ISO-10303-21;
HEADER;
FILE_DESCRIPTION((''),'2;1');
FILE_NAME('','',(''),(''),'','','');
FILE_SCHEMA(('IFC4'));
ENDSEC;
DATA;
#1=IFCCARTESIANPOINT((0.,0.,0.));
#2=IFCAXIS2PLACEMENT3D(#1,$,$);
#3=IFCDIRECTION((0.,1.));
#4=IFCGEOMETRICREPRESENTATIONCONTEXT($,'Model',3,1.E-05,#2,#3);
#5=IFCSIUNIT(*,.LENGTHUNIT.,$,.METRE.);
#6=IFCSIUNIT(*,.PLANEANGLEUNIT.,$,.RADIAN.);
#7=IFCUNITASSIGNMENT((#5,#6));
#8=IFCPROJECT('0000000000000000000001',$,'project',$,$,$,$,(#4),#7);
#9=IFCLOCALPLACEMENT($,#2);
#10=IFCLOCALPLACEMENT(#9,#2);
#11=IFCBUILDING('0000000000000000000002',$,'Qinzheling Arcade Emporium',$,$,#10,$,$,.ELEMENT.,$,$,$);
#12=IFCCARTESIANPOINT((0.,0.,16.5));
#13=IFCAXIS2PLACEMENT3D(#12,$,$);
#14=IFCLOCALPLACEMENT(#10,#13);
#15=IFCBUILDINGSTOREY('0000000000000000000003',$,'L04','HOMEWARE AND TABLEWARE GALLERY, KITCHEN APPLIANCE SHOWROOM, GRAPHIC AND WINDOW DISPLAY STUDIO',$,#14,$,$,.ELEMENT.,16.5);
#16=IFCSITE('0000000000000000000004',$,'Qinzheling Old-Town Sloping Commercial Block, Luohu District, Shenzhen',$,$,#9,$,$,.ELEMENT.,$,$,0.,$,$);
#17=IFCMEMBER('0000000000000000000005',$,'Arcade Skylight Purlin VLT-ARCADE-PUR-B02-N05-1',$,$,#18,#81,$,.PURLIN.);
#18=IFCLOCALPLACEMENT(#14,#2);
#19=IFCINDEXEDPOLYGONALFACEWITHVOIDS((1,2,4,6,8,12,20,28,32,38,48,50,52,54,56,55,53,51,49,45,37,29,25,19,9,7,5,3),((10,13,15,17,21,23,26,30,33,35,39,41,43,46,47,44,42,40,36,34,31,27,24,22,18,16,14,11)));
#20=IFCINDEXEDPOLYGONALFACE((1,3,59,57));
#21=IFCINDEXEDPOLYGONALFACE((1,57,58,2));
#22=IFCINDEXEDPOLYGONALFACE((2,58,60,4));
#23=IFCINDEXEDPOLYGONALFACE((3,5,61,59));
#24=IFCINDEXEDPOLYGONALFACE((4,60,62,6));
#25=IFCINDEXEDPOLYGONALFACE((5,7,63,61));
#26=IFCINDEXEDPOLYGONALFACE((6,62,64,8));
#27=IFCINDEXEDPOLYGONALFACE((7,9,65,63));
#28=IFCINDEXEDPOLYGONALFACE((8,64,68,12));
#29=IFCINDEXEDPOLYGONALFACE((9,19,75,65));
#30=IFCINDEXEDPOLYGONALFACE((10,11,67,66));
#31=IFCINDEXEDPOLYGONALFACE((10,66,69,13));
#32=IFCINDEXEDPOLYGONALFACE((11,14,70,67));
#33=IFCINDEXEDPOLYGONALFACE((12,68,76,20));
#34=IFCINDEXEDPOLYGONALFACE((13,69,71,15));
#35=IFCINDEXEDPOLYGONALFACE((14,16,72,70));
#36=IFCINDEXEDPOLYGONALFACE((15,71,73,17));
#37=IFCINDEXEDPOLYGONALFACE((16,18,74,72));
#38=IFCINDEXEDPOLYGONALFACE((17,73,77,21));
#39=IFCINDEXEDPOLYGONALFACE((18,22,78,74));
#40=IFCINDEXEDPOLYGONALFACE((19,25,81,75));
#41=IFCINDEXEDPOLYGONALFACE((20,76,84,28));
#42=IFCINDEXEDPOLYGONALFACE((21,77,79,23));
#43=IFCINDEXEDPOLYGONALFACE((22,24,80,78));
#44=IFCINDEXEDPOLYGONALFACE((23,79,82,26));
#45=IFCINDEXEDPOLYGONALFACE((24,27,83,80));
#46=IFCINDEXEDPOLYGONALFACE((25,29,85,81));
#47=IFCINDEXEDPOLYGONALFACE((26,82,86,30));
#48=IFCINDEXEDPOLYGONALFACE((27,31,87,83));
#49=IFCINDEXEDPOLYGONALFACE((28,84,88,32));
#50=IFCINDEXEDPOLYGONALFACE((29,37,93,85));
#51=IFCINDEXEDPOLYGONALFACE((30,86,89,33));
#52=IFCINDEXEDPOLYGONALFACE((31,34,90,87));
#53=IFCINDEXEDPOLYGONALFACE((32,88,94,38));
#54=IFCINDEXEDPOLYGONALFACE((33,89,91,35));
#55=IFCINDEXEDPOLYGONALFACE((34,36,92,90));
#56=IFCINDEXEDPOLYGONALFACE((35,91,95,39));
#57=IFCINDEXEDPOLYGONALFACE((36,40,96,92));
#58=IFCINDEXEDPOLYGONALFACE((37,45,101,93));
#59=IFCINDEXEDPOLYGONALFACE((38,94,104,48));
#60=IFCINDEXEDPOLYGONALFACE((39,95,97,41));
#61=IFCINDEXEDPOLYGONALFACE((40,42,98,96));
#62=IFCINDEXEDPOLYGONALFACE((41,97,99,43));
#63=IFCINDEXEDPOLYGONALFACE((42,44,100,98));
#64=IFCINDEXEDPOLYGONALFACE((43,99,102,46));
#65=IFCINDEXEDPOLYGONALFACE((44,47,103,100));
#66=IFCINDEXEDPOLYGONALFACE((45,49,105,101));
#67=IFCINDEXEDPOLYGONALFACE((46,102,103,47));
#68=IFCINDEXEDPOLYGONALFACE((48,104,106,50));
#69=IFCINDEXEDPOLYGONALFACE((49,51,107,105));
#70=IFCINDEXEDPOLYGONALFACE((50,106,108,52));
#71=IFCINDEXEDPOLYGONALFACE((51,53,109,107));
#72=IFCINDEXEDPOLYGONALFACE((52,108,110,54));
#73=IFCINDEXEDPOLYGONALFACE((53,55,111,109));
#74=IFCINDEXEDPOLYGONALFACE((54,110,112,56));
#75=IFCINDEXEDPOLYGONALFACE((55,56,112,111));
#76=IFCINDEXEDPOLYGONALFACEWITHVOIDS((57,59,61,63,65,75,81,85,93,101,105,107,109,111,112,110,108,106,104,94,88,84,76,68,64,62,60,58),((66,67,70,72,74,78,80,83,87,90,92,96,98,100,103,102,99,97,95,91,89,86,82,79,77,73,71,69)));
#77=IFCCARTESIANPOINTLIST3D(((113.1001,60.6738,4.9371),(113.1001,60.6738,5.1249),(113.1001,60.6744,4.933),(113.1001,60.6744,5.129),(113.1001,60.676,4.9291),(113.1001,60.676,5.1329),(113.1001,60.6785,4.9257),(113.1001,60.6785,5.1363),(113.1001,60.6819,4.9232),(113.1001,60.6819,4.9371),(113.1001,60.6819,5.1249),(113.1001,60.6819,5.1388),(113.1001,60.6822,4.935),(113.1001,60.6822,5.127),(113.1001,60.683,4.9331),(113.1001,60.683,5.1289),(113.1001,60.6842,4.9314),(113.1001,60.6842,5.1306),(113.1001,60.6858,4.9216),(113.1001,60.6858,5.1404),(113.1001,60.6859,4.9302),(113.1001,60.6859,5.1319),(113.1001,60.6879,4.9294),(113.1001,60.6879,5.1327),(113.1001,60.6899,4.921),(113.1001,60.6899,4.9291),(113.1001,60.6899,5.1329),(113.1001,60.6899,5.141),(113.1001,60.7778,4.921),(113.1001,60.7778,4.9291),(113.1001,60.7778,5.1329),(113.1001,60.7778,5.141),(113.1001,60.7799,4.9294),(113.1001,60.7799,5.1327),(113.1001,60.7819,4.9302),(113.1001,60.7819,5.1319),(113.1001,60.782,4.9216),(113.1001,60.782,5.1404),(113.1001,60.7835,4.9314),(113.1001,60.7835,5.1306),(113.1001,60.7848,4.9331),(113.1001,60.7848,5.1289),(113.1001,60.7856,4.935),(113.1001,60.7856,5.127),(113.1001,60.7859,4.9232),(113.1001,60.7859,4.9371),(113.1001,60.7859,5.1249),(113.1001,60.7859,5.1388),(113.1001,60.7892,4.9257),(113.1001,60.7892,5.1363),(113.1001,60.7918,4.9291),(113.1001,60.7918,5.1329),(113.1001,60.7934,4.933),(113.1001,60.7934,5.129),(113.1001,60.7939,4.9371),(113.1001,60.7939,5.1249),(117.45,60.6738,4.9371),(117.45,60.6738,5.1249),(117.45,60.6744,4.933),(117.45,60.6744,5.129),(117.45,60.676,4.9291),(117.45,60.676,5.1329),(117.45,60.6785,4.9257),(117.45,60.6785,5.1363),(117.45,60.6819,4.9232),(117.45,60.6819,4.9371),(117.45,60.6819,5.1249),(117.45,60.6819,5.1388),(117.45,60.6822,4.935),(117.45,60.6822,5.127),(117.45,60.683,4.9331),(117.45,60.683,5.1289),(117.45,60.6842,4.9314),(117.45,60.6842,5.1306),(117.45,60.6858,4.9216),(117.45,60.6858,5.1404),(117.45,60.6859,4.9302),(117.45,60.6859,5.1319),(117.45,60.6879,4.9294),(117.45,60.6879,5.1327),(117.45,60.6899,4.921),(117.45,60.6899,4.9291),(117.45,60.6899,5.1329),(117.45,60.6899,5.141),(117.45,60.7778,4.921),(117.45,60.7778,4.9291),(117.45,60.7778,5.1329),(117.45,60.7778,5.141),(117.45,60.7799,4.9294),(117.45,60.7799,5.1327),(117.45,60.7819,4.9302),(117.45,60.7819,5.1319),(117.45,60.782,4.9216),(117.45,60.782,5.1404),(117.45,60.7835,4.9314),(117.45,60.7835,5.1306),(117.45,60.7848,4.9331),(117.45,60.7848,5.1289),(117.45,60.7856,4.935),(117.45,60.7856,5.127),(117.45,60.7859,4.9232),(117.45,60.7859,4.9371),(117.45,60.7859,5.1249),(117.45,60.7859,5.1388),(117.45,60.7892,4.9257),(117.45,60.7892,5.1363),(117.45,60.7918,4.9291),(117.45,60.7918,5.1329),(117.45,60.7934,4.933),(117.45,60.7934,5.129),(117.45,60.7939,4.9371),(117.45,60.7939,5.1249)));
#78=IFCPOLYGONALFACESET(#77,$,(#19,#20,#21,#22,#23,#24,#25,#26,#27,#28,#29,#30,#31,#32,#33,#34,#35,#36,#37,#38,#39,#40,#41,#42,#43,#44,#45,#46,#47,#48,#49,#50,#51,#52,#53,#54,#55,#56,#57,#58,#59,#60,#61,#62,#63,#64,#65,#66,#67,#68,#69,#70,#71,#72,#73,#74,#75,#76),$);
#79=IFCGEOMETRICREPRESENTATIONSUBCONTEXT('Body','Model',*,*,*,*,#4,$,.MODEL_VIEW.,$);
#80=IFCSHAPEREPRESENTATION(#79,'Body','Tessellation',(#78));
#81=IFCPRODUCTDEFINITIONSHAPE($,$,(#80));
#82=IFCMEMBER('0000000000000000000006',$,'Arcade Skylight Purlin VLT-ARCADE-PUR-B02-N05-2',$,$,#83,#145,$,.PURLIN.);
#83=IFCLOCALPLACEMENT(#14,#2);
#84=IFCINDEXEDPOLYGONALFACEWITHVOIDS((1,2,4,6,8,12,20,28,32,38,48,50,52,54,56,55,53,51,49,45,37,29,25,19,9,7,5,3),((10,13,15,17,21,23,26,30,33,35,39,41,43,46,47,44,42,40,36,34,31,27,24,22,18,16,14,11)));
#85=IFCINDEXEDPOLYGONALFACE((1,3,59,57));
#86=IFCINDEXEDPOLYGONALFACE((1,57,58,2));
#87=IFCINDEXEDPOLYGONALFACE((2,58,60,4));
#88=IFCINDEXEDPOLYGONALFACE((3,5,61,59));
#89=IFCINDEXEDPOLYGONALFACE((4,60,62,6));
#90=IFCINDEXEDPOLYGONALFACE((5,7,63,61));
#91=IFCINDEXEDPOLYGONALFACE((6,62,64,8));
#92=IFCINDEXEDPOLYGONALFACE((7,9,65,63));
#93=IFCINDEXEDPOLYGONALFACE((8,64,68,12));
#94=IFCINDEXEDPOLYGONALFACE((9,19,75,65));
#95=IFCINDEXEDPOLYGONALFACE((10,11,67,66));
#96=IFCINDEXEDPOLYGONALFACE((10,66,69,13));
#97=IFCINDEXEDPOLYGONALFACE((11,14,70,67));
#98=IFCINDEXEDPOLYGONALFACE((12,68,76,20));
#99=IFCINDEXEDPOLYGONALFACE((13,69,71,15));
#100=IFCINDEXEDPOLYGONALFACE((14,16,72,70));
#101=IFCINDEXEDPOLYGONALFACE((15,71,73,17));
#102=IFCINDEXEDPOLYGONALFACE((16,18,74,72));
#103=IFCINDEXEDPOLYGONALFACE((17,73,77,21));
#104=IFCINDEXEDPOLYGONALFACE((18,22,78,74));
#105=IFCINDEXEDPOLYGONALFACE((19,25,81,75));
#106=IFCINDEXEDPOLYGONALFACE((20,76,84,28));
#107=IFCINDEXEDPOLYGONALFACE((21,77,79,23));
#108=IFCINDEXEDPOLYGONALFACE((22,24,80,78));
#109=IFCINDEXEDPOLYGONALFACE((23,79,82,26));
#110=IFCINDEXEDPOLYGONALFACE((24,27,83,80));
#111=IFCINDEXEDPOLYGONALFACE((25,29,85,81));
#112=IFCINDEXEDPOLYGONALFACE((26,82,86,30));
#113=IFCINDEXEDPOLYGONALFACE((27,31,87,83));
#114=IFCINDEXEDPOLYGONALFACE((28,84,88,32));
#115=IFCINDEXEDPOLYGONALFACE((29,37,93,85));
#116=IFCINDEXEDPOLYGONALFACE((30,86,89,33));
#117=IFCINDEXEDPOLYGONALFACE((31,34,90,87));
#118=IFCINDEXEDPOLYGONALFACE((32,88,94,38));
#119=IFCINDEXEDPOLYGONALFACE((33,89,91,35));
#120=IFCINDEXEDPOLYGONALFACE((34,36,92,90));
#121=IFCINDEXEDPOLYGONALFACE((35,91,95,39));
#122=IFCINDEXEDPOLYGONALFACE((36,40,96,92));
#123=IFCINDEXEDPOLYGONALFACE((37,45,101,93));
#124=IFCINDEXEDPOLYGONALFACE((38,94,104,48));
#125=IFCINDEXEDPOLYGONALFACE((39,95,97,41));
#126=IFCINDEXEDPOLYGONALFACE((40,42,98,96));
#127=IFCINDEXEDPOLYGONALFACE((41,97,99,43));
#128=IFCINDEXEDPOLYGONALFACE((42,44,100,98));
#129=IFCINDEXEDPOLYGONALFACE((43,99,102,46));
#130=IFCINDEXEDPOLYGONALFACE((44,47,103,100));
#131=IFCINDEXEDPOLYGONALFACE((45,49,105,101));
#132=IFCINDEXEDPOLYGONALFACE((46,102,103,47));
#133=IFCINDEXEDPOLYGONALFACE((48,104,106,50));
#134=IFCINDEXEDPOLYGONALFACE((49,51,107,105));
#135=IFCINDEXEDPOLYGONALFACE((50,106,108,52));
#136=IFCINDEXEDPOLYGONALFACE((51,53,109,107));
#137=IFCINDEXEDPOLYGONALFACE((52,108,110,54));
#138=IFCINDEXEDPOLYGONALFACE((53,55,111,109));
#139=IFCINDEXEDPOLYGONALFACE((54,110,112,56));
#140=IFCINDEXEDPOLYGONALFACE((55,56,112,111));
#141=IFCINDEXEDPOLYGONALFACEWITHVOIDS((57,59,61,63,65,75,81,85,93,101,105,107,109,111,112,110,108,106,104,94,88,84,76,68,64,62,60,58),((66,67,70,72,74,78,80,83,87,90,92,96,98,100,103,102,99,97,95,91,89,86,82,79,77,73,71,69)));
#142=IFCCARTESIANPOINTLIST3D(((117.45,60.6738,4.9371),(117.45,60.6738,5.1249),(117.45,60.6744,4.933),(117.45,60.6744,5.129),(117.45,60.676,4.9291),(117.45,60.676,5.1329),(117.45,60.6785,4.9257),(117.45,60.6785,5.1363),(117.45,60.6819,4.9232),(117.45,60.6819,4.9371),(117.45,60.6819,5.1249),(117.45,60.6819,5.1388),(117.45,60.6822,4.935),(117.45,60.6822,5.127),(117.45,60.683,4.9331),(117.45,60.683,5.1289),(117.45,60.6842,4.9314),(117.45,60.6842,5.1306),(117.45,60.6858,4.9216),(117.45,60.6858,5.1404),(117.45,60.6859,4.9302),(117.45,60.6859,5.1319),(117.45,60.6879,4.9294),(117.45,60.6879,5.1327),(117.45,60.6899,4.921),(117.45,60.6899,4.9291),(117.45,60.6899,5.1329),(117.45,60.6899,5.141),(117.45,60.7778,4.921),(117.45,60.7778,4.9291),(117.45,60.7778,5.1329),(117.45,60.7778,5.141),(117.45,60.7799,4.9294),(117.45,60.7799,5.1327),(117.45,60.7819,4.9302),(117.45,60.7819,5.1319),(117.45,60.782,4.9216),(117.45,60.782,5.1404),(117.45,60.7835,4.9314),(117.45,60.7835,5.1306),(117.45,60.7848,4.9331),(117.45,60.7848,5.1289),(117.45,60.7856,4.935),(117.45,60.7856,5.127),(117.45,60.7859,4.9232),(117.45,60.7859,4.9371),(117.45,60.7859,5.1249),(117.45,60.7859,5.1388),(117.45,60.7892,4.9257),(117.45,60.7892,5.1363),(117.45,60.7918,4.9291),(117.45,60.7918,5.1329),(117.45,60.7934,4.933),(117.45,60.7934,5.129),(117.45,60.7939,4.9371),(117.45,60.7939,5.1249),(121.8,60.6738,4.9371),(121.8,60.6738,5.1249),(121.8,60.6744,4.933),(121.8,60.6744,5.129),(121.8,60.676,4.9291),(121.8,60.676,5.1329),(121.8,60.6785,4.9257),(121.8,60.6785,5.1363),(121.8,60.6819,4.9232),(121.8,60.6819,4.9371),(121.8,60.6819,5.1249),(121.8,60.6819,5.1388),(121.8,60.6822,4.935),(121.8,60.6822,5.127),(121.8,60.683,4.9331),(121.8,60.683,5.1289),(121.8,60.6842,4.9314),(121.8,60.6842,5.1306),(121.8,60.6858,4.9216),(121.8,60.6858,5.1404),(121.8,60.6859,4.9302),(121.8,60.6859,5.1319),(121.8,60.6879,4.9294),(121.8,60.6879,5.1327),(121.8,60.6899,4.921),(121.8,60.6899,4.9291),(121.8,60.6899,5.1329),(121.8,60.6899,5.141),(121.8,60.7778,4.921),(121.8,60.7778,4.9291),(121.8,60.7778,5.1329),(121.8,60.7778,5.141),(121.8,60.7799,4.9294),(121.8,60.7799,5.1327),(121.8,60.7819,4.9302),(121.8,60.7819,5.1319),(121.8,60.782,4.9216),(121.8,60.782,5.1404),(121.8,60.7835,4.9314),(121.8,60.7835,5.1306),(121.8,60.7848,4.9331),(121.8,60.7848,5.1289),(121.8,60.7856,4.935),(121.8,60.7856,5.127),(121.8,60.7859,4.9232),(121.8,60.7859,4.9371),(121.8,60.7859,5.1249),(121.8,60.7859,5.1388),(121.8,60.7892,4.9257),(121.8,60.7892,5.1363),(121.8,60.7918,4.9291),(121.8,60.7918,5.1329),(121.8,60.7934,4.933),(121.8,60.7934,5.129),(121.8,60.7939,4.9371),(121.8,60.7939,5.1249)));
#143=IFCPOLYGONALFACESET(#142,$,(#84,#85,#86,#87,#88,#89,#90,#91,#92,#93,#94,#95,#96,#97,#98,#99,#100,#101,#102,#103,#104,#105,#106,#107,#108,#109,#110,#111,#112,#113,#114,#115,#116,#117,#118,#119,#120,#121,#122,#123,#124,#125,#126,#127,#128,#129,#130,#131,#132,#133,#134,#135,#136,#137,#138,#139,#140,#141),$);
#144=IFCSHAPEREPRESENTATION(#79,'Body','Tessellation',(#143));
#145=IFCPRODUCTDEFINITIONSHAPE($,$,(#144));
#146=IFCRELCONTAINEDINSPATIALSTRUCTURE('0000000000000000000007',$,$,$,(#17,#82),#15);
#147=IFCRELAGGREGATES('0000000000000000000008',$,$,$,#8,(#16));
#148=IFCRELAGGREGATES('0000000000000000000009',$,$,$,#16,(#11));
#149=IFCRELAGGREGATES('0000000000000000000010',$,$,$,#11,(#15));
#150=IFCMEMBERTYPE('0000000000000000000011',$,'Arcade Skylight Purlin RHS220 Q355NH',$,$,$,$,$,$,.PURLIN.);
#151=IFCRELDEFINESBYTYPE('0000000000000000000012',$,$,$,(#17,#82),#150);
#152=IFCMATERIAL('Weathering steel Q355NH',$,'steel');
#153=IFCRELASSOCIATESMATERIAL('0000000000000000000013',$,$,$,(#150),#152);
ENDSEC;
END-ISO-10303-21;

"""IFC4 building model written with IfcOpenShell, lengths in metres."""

from ifc_helpers import new_model, si_unit, direction, frame, origin, origin_2d, place, context, subcontext, project, spatial, hollow_rectangle, extrude, material, material_profile, profile_set, type_object, element, save


model = new_model("IFC4")

# Units and contexts
model_context = context("Model", 3, precision=1e-05, world=origin(), true_north=direction((0.0, 1.0)))
body_context = subcontext(model_context, "Body", "Model", "MODEL_VIEW")
ifc_project = project(units=[si_unit("LENGTHUNIT", "METRE"), si_unit("PLANEANGLEUNIT", "RADIAN")], contexts=[model_context])

# Site, building, storey
site_placement = place(None, origin())
site = spatial("IfcSite", under=ifc_project, at=site_placement, Name="Qinzheling Old-Town Sloping Commercial Block, Luohu District, Shenzhen", CompositionType="ELEMENT", RefElevation=0.0)
building_placement = place(site_placement, origin())
building = spatial("IfcBuilding", under=site, at=building_placement, Name="Qinzheling Arcade Emporium", CompositionType="ELEMENT")
storey_placement = place(building_placement, frame((0.0, 0.0, 16.5)))
storey = spatial("IfcBuildingStorey", under=building, at=storey_placement, Name="L04", Description="HOMEWARE AND TABLEWARE GALLERY, KITCHEN APPLIANCE SHOWROOM, GRAPHIC AND WINDOW DISPLAY STUDIO", CompositionType="ELEMENT", Elevation=16.5)

# Shared definitions
ifc_material_1 = material(Name="Weathering steel Q355NH", Category="steel")

# Members
ifc_material_profile_1 = material_profile(ifc_material_1, hollow_rectangle(XDim=0.1201, YDim=0.22, WallThickness=0.0081, InnerFilletRadius=0.0081, OuterFilletRadius=0.0161, at=origin_2d()), Name="RHS 220x120x8", Category="steel")
ifc_profile_set_1 = profile_set([ifc_material_profile_1], Name="Weathering steel Q355NH")
member_type_1 = type_object("IfcMemberType", Name="Arcade Skylight Purlin RHS220 Q355NH", PredefinedType="PURLIN", material=ifc_profile_set_1)
member_1_placement = place(storey_placement, frame((113.1001, 60.7339, 5.031), z_axis=(1.0, 0.0, 0.0), x_axis=(0.0, 1.0, 0.0)))
element("IfcMember", 1, at=member_1_placement, inside=storey, type_object=member_type_1, Name="Arcade Skylight Purlin VLT-ARCADE-PUR-B02-N05-1", PredefinedType="PURLIN", context=body_context, shape_type="SweptSolid", body=[
    extrude(hollow_rectangle(XDim=0.1201, YDim=0.22, WallThickness=0.0081, InnerFilletRadius=0.0081, OuterFilletRadius=0.0161, at=origin_2d()), origin(), (0.0, 0.0, 1.0), 4.3499),
])
member_2_placement = place(storey_placement, frame((117.45, 60.7339, 5.031), z_axis=(1.0, 0.0, 0.0), x_axis=(0.0, 1.0, 0.0)))
element("IfcMember", 2, at=member_2_placement, inside=storey, type_object=member_type_1, Name="Arcade Skylight Purlin VLT-ARCADE-PUR-B02-N05-2", PredefinedType="PURLIN", context=body_context, shape_type="SweptSolid", body=[
    extrude(hollow_rectangle(XDim=0.1201, YDim=0.22, WallThickness=0.0081, InnerFilletRadius=0.0081, OuterFilletRadius=0.0161, at=origin_2d()), origin(), (0.0, 0.0, 1.0), 4.3501),
])

save(model, "model.ifc")
